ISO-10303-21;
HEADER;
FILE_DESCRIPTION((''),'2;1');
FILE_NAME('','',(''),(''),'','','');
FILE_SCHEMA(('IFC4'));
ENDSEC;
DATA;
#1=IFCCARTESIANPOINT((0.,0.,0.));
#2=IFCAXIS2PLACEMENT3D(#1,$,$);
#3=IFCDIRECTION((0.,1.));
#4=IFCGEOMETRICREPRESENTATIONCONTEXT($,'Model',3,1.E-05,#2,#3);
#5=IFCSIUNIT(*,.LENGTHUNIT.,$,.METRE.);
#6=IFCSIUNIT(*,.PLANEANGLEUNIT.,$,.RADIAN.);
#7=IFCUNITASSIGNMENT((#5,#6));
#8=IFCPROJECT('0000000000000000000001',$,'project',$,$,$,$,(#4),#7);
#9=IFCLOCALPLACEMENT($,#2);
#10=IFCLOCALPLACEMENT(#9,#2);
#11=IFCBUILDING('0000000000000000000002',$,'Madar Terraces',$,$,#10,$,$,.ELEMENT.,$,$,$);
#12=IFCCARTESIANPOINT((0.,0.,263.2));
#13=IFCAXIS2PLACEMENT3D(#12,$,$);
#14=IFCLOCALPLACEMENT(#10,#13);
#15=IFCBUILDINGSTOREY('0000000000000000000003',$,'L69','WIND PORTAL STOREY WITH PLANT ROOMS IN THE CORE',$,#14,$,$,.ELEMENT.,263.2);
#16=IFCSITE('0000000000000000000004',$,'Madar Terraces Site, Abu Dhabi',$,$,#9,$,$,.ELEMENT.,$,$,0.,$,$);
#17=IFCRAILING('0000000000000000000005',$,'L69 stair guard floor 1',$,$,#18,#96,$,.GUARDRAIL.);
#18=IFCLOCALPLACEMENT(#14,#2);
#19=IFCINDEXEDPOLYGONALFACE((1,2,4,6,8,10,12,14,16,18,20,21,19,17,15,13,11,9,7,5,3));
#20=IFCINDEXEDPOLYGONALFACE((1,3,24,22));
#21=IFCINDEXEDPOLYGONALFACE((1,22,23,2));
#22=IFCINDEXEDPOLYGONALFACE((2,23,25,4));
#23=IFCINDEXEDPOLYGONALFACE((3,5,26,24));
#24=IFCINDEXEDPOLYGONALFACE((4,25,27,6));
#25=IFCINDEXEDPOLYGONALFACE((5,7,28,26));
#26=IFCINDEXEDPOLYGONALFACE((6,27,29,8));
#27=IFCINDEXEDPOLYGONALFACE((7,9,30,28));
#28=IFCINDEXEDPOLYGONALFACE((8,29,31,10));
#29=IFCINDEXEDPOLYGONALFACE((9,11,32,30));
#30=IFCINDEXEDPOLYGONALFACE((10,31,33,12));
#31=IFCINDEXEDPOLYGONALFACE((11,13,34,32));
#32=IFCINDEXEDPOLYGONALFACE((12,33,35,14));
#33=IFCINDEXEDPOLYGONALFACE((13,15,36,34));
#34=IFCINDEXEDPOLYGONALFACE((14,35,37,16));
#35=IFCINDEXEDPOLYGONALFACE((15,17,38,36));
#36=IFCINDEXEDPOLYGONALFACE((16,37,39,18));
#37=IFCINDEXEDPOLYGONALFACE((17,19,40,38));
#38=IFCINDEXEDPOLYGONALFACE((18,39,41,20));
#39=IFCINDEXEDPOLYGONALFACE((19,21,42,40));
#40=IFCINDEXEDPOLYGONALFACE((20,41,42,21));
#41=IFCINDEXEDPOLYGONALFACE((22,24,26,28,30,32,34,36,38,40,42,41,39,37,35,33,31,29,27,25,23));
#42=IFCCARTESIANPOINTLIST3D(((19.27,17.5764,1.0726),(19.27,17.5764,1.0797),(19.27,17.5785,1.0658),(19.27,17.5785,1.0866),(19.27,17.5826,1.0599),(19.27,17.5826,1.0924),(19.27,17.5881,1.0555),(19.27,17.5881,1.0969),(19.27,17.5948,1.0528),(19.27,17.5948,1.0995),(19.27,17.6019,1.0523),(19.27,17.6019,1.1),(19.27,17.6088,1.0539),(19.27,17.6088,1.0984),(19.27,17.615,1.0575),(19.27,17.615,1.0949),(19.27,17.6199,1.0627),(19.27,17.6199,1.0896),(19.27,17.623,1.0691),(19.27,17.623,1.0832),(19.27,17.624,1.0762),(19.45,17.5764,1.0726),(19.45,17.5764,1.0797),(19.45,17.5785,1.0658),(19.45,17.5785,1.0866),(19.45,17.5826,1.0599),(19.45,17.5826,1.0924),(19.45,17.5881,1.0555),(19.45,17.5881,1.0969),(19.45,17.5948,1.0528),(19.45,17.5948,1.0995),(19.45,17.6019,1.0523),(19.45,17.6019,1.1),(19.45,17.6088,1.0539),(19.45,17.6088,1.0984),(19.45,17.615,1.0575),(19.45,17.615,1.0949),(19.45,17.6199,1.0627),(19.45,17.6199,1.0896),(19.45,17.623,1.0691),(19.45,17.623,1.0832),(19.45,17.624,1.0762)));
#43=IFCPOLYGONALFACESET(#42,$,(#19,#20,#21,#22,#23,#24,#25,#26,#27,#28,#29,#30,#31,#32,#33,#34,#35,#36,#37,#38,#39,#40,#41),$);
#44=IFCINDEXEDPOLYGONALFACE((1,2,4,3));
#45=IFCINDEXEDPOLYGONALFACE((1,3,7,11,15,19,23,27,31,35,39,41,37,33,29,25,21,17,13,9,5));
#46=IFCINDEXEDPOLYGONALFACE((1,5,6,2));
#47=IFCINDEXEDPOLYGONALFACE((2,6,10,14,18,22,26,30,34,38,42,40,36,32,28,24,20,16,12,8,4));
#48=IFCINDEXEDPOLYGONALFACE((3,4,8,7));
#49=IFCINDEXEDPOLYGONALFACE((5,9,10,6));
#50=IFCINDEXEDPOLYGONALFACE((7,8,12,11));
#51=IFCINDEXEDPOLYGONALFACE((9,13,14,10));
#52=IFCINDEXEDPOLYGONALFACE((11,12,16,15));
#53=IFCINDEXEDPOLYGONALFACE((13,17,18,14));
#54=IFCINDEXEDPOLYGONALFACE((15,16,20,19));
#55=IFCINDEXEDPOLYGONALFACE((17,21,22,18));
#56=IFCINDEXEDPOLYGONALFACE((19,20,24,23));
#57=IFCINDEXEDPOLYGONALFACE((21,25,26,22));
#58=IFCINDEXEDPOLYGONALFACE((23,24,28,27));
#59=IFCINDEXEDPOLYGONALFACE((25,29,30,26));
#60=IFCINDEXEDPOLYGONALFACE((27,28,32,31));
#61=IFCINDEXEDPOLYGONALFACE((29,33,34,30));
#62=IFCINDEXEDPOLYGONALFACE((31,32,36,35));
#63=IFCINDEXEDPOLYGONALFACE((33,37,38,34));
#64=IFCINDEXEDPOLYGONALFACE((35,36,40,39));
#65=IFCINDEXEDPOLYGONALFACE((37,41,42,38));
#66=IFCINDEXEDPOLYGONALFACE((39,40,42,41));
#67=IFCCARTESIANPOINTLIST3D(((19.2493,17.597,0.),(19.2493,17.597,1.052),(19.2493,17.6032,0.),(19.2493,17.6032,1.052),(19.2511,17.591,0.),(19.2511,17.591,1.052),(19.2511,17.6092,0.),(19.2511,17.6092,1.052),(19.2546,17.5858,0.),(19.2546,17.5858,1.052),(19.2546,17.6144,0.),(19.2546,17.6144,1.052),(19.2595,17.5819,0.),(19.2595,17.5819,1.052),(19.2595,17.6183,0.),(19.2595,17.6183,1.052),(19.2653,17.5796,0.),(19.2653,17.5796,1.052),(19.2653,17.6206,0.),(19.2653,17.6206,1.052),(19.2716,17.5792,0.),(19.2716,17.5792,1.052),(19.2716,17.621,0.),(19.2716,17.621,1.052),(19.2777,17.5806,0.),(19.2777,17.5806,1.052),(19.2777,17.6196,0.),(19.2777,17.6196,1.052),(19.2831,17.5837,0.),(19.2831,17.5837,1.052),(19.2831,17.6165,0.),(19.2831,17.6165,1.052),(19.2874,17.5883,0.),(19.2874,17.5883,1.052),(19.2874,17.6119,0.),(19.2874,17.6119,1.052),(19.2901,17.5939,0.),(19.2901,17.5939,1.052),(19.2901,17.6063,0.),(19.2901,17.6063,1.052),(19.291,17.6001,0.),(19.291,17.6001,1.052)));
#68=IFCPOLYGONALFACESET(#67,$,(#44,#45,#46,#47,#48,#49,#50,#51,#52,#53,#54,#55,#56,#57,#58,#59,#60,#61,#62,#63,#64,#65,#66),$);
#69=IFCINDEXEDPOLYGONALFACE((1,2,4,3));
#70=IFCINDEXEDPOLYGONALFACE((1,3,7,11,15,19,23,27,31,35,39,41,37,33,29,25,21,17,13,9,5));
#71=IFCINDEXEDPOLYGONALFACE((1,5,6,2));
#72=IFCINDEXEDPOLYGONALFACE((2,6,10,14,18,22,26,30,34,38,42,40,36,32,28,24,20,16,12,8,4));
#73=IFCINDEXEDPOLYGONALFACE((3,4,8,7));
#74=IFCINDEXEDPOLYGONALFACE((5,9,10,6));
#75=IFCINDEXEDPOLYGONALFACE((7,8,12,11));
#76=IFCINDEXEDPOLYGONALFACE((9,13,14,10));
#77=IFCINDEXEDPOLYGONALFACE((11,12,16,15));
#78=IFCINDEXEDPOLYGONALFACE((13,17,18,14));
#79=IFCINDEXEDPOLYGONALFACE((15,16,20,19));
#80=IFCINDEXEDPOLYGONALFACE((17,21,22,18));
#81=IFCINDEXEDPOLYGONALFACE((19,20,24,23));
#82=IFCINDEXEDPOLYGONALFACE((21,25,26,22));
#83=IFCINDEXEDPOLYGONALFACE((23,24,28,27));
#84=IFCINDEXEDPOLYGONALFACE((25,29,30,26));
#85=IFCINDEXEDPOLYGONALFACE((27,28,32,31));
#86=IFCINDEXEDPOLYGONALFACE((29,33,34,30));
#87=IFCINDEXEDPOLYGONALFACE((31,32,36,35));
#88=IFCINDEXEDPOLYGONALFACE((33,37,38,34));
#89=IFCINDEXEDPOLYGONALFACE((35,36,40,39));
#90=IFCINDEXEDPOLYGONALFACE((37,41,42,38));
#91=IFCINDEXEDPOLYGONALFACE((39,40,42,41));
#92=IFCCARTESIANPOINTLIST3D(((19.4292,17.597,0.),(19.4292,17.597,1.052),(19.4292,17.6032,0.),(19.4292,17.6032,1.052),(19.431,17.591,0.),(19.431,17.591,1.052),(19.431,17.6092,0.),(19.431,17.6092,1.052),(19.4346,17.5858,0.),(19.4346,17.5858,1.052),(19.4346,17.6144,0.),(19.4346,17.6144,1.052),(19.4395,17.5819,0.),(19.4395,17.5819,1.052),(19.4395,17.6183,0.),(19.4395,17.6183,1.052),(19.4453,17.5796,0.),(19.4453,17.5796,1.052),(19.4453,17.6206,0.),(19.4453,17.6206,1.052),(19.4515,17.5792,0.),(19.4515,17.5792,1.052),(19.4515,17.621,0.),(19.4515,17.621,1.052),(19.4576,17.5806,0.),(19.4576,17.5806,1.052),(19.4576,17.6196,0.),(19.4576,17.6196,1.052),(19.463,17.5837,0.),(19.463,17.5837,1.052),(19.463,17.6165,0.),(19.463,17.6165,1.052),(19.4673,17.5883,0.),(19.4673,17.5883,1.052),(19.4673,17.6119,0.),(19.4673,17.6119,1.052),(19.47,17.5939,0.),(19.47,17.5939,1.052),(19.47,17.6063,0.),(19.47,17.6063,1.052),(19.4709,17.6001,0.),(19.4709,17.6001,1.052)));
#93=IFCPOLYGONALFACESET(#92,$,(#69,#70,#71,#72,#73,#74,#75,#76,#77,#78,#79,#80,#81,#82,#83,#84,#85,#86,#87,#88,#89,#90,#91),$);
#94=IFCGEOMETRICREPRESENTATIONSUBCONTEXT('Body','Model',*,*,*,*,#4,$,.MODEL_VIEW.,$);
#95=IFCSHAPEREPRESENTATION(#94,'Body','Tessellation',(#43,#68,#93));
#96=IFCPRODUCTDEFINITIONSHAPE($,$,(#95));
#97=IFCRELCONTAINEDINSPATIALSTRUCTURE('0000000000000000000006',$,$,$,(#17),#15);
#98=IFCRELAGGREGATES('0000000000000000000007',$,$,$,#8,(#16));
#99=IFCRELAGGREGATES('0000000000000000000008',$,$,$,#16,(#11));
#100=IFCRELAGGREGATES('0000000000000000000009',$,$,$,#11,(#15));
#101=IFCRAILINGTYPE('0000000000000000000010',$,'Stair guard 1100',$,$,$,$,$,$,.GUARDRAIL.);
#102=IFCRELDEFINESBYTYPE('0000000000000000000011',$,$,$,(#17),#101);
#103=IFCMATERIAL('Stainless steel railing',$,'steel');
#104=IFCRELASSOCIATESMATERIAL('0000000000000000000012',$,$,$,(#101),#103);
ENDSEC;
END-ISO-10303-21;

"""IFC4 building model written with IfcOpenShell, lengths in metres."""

from ifc_helpers import new_model, si_unit, direction, frame, origin, origin_2d, place, context, subcontext, project, spatial, circle, extrude, material, type_object, element, save


model = new_model("IFC4")

# Units and contexts
model_context = context("Model", 3, precision=1e-05, world=origin(), true_north=direction((0.0, 1.0)))
body_context = subcontext(model_context, "Body", "Model", "MODEL_VIEW")
ifc_project = project(units=[si_unit("LENGTHUNIT", "METRE"), si_unit("PLANEANGLEUNIT", "RADIAN")], contexts=[model_context])

# Site, building, storey
site_placement = place(None, origin())
site = spatial("IfcSite", under=ifc_project, at=site_placement, Name="Madar Terraces Site, Abu Dhabi", CompositionType="ELEMENT", RefElevation=0.0)
building_placement = place(site_placement, origin())
building = spatial("IfcBuilding", under=site, at=building_placement, Name="Madar Terraces", CompositionType="ELEMENT")
storey_placement = place(building_placement, frame((0.0, 0.0, 263.2)))
storey = spatial("IfcBuildingStorey", under=building, at=storey_placement, Name="L69", Description="WIND PORTAL STOREY WITH PLANT ROOMS IN THE CORE", CompositionType="ELEMENT", Elevation=263.2)

# Railing
ifc_material_1 = material(Name="Stainless steel railing", Category="steel")
railing_type_1 = type_object("IfcRailingType", Name="Stair guard 1100", PredefinedType="GUARDRAIL", material=ifc_material_1)
for number, where, name in (
    (1, (19.27, 17.6001, 0.0), "L69 stair guard floor 1"),
):
    element("IfcRailing", number, at=place(storey_placement, frame(where)), inside=storey, type_object=railing_type_1, Name=name, PredefinedType="GUARDRAIL", context=body_context, shape_type="SweptSolid", body=[
        extrude(circle(Radius=0.0239, at=origin_2d()), frame((0.0, 0.0, 1.0762), z_axis=(1.0, 0.0, 0.0), x_axis=(0.0, 1.0, 0.0)), (0.0, 0.0, 1.0), 0.1799),
        extrude(circle(Radius=0.021, at=origin_2d()), origin(), (0.0, 0.0, 1.0), 1.052),
        extrude(circle(Radius=0.021, at=origin_2d()), frame((0.1799, 0.0, 0.0)), (0.0, 0.0, 1.0), 1.052),
    ])

save(model, "model.ifc")
